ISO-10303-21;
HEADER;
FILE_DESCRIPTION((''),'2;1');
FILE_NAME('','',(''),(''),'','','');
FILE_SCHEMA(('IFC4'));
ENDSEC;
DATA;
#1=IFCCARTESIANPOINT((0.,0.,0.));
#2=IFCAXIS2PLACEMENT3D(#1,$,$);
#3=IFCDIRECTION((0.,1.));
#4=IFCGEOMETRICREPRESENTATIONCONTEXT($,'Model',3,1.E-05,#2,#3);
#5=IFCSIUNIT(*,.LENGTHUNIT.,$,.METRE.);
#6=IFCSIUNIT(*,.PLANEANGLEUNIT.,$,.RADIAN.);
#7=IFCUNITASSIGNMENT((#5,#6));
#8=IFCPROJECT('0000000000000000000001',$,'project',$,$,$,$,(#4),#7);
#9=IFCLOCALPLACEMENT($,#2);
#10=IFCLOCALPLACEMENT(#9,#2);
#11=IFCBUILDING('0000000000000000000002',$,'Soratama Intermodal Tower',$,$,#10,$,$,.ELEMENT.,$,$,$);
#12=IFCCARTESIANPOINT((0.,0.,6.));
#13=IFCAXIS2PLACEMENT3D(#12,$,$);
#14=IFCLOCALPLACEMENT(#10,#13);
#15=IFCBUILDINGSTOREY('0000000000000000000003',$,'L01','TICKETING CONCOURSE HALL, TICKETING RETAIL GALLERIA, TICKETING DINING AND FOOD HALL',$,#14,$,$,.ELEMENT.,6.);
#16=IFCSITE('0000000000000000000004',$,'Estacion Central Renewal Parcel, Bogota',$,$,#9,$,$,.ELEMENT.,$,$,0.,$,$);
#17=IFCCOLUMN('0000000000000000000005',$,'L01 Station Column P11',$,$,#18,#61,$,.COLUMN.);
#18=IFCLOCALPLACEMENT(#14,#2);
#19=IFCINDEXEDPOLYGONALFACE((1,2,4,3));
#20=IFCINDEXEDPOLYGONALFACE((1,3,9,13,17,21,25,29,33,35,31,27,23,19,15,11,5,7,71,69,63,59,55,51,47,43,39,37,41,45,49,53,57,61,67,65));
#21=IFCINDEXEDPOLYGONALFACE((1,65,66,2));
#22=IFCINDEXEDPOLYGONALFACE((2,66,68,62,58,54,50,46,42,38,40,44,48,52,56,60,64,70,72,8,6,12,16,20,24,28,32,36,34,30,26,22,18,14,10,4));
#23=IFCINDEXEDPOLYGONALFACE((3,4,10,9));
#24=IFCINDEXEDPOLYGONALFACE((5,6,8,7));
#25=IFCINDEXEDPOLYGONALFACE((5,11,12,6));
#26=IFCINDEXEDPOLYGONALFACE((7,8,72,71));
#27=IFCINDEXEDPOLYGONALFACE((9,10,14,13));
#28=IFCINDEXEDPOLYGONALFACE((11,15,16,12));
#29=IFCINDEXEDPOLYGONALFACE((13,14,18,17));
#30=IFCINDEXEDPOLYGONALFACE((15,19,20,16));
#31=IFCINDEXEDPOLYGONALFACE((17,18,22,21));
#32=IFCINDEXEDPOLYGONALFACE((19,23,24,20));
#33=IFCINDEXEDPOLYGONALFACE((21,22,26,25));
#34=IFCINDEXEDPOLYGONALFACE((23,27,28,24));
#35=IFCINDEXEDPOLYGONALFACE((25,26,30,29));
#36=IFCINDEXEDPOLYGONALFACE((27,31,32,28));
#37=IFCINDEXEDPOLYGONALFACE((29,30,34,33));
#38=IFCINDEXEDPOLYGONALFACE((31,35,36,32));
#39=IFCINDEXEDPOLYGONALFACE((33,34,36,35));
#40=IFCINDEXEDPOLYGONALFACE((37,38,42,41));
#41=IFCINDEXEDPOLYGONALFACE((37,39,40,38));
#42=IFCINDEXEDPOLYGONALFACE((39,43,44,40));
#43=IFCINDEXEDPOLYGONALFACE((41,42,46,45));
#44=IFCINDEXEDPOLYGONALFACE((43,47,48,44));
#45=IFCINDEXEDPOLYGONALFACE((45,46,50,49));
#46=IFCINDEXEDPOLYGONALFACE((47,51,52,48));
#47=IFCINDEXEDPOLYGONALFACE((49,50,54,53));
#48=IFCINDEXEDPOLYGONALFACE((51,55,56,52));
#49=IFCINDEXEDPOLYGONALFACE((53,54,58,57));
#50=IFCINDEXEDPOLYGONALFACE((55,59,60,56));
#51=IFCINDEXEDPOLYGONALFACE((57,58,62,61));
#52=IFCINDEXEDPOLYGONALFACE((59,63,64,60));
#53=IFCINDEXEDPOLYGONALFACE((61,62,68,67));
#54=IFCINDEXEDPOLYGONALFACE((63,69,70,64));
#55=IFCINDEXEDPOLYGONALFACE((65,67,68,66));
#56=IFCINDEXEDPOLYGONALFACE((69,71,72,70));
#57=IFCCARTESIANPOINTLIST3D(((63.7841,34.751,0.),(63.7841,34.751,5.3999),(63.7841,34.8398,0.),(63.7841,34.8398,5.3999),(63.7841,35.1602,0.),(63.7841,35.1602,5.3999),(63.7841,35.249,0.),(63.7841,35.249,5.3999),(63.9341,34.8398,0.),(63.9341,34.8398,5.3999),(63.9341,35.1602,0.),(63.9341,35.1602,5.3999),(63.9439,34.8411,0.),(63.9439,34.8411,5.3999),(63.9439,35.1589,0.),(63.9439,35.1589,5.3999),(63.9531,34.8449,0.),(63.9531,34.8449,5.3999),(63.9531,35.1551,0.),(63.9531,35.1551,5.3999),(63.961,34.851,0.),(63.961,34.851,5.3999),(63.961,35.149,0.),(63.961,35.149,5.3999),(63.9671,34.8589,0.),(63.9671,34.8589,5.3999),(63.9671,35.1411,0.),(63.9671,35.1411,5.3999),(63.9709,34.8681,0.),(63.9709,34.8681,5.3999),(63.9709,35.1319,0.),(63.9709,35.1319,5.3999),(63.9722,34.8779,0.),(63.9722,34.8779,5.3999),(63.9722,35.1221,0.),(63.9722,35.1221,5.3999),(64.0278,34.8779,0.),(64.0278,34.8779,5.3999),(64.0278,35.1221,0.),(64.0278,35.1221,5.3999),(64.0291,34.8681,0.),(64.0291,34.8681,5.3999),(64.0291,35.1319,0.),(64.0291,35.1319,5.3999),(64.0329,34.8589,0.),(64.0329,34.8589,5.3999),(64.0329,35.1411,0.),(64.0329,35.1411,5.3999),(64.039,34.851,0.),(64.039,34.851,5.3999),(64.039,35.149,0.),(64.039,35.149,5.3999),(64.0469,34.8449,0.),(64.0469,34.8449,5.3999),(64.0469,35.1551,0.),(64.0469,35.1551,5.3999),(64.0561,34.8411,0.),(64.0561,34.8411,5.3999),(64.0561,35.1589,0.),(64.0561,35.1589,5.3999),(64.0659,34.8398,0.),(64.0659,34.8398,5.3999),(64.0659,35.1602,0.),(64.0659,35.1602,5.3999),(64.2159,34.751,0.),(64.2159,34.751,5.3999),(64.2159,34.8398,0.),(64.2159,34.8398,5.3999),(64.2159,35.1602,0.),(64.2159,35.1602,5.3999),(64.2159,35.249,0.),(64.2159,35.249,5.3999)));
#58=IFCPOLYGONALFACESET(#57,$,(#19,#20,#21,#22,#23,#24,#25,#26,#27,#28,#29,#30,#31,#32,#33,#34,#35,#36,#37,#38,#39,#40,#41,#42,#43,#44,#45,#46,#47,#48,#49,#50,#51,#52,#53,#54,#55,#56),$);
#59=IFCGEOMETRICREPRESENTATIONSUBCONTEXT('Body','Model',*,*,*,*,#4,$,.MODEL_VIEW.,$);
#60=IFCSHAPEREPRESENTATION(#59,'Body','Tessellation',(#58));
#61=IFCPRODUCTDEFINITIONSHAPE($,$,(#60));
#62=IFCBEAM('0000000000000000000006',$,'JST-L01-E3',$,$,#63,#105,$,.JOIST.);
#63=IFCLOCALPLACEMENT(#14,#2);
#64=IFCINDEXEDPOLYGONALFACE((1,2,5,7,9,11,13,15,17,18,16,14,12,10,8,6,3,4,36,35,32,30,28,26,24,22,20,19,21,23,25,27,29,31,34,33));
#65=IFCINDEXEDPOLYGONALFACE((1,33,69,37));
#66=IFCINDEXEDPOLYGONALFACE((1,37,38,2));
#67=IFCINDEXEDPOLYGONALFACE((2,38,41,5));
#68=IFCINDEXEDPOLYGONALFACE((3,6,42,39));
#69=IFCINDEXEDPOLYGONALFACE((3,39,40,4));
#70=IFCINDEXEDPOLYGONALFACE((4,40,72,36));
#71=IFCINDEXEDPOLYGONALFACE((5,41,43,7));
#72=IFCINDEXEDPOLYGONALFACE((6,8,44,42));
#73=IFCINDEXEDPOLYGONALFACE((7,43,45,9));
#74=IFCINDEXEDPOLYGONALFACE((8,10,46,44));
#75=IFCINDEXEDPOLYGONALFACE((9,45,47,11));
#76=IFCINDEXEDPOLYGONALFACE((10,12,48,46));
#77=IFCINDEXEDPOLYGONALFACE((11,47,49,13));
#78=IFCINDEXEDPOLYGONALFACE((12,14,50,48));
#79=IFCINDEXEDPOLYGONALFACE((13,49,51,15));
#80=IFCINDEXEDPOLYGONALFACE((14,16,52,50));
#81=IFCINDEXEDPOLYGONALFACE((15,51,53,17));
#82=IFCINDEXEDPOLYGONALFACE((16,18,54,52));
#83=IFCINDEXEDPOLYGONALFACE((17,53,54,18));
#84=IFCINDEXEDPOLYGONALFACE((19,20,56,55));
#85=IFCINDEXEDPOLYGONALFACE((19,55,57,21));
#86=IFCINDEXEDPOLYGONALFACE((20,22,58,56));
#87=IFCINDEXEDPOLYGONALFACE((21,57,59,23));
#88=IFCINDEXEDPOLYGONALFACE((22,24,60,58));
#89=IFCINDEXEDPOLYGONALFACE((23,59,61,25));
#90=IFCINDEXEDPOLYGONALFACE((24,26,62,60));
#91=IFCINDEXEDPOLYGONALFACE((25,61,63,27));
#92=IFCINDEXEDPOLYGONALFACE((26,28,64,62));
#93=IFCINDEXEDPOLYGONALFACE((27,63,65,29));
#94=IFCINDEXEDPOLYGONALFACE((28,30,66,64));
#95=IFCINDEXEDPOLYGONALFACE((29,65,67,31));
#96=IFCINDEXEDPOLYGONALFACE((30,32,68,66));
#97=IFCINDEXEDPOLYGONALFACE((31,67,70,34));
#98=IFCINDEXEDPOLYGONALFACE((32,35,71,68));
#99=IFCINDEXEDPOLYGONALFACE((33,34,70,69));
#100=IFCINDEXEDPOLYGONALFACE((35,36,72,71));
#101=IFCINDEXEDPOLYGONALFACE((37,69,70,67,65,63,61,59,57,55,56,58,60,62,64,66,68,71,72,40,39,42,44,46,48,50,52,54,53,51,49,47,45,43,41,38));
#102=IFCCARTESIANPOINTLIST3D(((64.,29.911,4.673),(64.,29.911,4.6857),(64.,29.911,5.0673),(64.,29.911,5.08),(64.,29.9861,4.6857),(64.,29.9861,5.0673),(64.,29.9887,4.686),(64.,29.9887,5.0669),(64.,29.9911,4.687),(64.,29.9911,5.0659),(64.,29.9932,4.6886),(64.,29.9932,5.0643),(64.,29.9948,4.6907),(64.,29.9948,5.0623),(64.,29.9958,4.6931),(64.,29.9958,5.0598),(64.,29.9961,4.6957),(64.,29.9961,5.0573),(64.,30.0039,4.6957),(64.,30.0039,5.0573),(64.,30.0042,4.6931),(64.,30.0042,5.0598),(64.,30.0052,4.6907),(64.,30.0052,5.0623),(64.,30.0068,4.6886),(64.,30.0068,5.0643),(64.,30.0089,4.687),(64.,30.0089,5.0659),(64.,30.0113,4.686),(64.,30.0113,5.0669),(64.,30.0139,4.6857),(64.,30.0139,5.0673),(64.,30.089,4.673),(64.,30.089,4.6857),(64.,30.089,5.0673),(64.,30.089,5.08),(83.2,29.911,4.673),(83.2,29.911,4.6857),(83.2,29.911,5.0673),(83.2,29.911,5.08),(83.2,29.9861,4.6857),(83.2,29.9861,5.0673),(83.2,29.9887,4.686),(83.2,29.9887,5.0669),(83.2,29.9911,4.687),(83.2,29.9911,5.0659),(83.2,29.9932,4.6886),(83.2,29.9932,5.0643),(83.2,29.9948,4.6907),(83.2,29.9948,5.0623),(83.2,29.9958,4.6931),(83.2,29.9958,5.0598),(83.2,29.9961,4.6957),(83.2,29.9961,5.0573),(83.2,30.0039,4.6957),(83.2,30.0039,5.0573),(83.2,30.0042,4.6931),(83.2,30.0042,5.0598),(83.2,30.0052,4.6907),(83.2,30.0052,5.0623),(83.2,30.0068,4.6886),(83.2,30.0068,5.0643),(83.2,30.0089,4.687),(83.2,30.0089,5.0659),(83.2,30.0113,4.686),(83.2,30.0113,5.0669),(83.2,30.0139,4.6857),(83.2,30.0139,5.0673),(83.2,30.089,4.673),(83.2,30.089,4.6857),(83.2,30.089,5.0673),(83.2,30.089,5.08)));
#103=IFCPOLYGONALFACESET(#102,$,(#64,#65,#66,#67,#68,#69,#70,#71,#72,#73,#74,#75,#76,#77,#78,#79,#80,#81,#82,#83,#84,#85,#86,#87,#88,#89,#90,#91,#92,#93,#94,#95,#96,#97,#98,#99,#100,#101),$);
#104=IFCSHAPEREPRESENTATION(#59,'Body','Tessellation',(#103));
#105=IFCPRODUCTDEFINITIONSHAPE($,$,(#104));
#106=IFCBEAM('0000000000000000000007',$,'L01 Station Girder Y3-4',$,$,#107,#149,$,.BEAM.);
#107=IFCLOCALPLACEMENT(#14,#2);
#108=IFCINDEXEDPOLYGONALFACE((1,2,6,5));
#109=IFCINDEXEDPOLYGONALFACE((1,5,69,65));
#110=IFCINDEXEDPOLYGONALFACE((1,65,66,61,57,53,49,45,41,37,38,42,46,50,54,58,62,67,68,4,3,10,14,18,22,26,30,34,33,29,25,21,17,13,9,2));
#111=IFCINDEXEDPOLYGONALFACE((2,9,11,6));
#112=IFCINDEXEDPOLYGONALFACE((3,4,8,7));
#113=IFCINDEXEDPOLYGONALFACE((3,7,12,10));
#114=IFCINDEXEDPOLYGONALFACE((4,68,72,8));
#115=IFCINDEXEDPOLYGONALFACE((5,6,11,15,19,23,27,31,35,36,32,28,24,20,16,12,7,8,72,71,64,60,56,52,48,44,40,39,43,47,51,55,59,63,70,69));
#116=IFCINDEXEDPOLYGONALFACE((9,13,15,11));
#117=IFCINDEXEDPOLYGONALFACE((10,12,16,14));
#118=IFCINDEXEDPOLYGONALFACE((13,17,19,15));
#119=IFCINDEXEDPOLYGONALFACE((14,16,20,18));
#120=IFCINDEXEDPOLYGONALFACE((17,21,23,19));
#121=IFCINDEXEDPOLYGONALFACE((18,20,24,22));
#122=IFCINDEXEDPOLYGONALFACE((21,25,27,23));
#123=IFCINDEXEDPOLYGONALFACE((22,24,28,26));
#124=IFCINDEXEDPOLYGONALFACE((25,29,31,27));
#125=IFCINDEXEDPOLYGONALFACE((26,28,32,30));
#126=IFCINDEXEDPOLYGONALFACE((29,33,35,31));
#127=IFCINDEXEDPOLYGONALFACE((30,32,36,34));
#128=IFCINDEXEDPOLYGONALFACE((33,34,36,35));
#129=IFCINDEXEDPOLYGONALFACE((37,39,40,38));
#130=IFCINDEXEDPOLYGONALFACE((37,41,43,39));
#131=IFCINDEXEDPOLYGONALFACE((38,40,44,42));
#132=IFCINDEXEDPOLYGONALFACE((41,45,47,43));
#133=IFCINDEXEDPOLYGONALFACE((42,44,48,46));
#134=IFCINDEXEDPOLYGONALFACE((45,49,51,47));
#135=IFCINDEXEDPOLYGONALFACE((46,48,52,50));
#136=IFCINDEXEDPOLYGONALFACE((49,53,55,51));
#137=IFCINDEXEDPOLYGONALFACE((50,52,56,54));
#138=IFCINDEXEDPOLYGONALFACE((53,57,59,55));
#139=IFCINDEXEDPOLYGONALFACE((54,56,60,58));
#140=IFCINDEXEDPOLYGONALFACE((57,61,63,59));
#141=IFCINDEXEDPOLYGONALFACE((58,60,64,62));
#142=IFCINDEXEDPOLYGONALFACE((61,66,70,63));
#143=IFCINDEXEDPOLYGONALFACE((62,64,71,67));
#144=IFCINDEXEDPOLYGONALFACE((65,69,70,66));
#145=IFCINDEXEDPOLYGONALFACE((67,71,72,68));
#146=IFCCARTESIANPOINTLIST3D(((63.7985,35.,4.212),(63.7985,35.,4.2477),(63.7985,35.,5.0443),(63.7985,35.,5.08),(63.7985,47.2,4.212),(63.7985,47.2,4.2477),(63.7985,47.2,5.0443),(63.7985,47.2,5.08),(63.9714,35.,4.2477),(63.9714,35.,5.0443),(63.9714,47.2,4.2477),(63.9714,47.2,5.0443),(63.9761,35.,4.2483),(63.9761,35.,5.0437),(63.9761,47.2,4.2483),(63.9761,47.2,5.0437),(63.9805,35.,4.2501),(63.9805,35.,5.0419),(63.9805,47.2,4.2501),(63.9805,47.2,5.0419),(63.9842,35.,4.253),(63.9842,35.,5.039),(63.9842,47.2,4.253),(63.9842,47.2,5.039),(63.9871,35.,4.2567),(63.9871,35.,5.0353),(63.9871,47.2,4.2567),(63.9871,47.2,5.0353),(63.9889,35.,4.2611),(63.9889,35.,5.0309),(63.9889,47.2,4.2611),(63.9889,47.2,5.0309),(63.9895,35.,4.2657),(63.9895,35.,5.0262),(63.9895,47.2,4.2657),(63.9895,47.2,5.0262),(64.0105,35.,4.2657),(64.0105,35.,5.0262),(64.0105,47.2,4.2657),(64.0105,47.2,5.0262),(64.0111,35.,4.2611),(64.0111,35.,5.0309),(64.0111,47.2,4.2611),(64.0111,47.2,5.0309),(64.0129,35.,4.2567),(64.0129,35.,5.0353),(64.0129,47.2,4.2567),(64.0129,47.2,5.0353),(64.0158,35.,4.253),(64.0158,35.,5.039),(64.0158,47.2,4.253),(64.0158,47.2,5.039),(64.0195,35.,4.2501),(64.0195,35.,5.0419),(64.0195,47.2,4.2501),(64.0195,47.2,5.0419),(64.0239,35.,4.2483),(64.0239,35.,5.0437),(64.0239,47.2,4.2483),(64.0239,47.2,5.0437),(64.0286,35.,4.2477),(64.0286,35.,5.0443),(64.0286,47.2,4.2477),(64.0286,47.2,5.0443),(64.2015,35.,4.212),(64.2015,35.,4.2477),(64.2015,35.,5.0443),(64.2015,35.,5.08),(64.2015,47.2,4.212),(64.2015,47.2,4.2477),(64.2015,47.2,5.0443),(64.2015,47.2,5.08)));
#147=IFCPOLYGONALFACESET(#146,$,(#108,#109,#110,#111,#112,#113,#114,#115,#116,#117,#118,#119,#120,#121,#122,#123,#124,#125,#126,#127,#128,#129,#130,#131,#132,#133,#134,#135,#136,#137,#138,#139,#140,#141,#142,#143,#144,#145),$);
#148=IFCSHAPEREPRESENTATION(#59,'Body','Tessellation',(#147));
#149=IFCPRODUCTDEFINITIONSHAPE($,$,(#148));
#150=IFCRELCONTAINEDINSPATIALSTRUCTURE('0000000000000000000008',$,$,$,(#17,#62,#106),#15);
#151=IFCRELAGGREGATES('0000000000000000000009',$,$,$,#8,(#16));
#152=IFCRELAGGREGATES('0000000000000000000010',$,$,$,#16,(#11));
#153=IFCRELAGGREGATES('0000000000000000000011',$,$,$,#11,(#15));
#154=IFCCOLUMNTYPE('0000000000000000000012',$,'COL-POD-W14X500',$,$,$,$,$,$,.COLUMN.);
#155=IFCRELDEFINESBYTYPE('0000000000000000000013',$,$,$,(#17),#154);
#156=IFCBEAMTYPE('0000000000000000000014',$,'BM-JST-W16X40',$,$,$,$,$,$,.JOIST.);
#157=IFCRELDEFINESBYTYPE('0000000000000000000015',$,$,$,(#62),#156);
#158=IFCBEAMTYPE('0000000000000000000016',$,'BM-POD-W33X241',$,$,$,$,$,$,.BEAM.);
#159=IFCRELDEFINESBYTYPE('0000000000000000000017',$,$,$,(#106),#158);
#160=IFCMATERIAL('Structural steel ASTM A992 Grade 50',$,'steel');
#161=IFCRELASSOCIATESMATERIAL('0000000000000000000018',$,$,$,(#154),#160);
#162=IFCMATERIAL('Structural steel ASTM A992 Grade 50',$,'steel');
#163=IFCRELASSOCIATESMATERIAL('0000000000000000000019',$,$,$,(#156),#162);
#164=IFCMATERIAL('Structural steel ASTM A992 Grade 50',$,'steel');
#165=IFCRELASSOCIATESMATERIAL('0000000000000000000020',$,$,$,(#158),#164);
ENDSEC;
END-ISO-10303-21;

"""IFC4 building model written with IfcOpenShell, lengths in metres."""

from ifc_helpers import new_model, si_unit, direction, frame, origin, origin_2d, place, context, subcontext, project, spatial, i_section, extrude, material, material_profile, profile_set, type_object, element, save


model = new_model("IFC4")

# Units and contexts
model_context = context("Model", 3, precision=1e-05, world=origin(), true_north=direction((0.0, 1.0)))
body_context = subcontext(model_context, "Body", "Model", "MODEL_VIEW")
ifc_project = project(units=[si_unit("LENGTHUNIT", "METRE"), si_unit("PLANEANGLEUNIT", "RADIAN")], contexts=[model_context])

# Site, building, storey
site_placement = place(None, origin())
site = spatial("IfcSite", under=ifc_project, at=site_placement, Name="Estacion Central Renewal Parcel, Bogota", CompositionType="ELEMENT", RefElevation=0.0)
building_placement = place(site_placement, origin())
building = spatial("IfcBuilding", under=site, at=building_placement, Name="Soratama Intermodal Tower", CompositionType="ELEMENT")
storey_placement = place(building_placement, frame((0.0, 0.0, 6.0)))
storey = spatial("IfcBuildingStorey", under=building, at=storey_placement, Name="L01", Description="TICKETING CONCOURSE HALL, TICKETING RETAIL GALLERIA, TICKETING DINING AND FOOD HALL", CompositionType="ELEMENT", Elevation=6.0)

# Column
ifc_material_1 = material(Name="Structural steel ASTM A992 Grade 50", Category="steel")
ifc_material_profile_1 = material_profile(ifc_material_1, i_section(OverallWidth=0.4319, OverallDepth=0.498, WebThickness=0.0557, FlangeThickness=0.0889, FilletRadius=0.0381, at=origin_2d()), Name="W14X500")
ifc_profile_set_1 = profile_set([ifc_material_profile_1], Name="Structural steel ASTM A992 Grade 50")
column_type = type_object("IfcColumnType", Name="COL-POD-W14X500", PredefinedType="COLUMN", material=ifc_profile_set_1)
column_placement = place(storey_placement, frame((64.0, 35.0, 0.0), z_axis=(0.0, 0.0, 1.0), x_axis=(1.0, 0.0, 0.0)))
element("IfcColumn", 1, at=column_placement, inside=storey, type_object=column_type, Name="L01 Station Column P11", PredefinedType="COLUMN", context=body_context, shape_type="SweptSolid", body=[
    extrude(i_section(OverallWidth=0.4319, OverallDepth=0.498, WebThickness=0.0557, FlangeThickness=0.0889, FilletRadius=0.0381, at=origin_2d()), origin(), (0.0, 0.0, 1.0), 5.3999),
])

# Beams
ifc_material_2 = material(Name="Structural steel ASTM A992 Grade 50", Category="steel")
ifc_material_profile_2 = material_profile(ifc_material_2, i_section(OverallWidth=0.178, OverallDepth=0.407, WebThickness=0.0078, FlangeThickness=0.0127, FilletRadius=0.01, at=origin_2d()), Name="W16X40")
ifc_profile_set_2 = profile_set([ifc_material_profile_2], Name="Structural steel ASTM A992 Grade 50")
beam_type_1 = type_object("IfcBeamType", Name="BM-JST-W16X40", PredefinedType="JOIST", material=ifc_profile_set_2)
beam_1_placement = place(storey_placement, frame((64.0, 30.0, 4.8765), z_axis=(1.0, 0.0, 0.0), x_axis=(0.0, 1.0, 0.0)))
element("IfcBeam", 2, at=beam_1_placement, inside=storey, type_object=beam_type_1, Name="JST-L01-E3", PredefinedType="JOIST", context=body_context, shape_type="SweptSolid", body=[
    extrude(i_section(OverallWidth=0.178, OverallDepth=0.407, WebThickness=0.0078, FlangeThickness=0.0127, FilletRadius=0.01, at=origin_2d()), origin(), (0.0, 0.0, 1.0), 19.2),
])
ifc_material_3 = material(Name="Structural steel ASTM A992 Grade 50", Category="steel")
ifc_material_profile_3 = material_profile(ifc_material_3, i_section(OverallWidth=0.4031, OverallDepth=0.8679, WebThickness=0.021, FlangeThickness=0.0356, FilletRadius=0.0181, at=origin_2d()), Name="W33X241")
ifc_profile_set_3 = profile_set([ifc_material_profile_3], Name="Structural steel ASTM A992 Grade 50")
beam_type_2 = type_object("IfcBeamType", Name="BM-POD-W33X241", PredefinedType="BEAM", material=ifc_profile_set_3)
beam_2_placement = place(storey_placement, frame((64.0, 35.0, 4.646), z_axis=(0.0, 1.0, 0.0), x_axis=(-1.0, 0.0, 0.0)))
element("IfcBeam", 3, at=beam_2_placement, inside=storey, type_object=beam_type_2, Name="L01 Station Girder Y3-4", PredefinedType="BEAM", context=body_context, shape_type="SweptSolid", body=[
    extrude(i_section(OverallWidth=0.4031, OverallDepth=0.8679, WebThickness=0.021, FlangeThickness=0.0356, FilletRadius=0.0181, at=origin_2d()), origin(), (0.0, 0.0, 1.0), 12.2),
])

save(model, "model.ifc")
